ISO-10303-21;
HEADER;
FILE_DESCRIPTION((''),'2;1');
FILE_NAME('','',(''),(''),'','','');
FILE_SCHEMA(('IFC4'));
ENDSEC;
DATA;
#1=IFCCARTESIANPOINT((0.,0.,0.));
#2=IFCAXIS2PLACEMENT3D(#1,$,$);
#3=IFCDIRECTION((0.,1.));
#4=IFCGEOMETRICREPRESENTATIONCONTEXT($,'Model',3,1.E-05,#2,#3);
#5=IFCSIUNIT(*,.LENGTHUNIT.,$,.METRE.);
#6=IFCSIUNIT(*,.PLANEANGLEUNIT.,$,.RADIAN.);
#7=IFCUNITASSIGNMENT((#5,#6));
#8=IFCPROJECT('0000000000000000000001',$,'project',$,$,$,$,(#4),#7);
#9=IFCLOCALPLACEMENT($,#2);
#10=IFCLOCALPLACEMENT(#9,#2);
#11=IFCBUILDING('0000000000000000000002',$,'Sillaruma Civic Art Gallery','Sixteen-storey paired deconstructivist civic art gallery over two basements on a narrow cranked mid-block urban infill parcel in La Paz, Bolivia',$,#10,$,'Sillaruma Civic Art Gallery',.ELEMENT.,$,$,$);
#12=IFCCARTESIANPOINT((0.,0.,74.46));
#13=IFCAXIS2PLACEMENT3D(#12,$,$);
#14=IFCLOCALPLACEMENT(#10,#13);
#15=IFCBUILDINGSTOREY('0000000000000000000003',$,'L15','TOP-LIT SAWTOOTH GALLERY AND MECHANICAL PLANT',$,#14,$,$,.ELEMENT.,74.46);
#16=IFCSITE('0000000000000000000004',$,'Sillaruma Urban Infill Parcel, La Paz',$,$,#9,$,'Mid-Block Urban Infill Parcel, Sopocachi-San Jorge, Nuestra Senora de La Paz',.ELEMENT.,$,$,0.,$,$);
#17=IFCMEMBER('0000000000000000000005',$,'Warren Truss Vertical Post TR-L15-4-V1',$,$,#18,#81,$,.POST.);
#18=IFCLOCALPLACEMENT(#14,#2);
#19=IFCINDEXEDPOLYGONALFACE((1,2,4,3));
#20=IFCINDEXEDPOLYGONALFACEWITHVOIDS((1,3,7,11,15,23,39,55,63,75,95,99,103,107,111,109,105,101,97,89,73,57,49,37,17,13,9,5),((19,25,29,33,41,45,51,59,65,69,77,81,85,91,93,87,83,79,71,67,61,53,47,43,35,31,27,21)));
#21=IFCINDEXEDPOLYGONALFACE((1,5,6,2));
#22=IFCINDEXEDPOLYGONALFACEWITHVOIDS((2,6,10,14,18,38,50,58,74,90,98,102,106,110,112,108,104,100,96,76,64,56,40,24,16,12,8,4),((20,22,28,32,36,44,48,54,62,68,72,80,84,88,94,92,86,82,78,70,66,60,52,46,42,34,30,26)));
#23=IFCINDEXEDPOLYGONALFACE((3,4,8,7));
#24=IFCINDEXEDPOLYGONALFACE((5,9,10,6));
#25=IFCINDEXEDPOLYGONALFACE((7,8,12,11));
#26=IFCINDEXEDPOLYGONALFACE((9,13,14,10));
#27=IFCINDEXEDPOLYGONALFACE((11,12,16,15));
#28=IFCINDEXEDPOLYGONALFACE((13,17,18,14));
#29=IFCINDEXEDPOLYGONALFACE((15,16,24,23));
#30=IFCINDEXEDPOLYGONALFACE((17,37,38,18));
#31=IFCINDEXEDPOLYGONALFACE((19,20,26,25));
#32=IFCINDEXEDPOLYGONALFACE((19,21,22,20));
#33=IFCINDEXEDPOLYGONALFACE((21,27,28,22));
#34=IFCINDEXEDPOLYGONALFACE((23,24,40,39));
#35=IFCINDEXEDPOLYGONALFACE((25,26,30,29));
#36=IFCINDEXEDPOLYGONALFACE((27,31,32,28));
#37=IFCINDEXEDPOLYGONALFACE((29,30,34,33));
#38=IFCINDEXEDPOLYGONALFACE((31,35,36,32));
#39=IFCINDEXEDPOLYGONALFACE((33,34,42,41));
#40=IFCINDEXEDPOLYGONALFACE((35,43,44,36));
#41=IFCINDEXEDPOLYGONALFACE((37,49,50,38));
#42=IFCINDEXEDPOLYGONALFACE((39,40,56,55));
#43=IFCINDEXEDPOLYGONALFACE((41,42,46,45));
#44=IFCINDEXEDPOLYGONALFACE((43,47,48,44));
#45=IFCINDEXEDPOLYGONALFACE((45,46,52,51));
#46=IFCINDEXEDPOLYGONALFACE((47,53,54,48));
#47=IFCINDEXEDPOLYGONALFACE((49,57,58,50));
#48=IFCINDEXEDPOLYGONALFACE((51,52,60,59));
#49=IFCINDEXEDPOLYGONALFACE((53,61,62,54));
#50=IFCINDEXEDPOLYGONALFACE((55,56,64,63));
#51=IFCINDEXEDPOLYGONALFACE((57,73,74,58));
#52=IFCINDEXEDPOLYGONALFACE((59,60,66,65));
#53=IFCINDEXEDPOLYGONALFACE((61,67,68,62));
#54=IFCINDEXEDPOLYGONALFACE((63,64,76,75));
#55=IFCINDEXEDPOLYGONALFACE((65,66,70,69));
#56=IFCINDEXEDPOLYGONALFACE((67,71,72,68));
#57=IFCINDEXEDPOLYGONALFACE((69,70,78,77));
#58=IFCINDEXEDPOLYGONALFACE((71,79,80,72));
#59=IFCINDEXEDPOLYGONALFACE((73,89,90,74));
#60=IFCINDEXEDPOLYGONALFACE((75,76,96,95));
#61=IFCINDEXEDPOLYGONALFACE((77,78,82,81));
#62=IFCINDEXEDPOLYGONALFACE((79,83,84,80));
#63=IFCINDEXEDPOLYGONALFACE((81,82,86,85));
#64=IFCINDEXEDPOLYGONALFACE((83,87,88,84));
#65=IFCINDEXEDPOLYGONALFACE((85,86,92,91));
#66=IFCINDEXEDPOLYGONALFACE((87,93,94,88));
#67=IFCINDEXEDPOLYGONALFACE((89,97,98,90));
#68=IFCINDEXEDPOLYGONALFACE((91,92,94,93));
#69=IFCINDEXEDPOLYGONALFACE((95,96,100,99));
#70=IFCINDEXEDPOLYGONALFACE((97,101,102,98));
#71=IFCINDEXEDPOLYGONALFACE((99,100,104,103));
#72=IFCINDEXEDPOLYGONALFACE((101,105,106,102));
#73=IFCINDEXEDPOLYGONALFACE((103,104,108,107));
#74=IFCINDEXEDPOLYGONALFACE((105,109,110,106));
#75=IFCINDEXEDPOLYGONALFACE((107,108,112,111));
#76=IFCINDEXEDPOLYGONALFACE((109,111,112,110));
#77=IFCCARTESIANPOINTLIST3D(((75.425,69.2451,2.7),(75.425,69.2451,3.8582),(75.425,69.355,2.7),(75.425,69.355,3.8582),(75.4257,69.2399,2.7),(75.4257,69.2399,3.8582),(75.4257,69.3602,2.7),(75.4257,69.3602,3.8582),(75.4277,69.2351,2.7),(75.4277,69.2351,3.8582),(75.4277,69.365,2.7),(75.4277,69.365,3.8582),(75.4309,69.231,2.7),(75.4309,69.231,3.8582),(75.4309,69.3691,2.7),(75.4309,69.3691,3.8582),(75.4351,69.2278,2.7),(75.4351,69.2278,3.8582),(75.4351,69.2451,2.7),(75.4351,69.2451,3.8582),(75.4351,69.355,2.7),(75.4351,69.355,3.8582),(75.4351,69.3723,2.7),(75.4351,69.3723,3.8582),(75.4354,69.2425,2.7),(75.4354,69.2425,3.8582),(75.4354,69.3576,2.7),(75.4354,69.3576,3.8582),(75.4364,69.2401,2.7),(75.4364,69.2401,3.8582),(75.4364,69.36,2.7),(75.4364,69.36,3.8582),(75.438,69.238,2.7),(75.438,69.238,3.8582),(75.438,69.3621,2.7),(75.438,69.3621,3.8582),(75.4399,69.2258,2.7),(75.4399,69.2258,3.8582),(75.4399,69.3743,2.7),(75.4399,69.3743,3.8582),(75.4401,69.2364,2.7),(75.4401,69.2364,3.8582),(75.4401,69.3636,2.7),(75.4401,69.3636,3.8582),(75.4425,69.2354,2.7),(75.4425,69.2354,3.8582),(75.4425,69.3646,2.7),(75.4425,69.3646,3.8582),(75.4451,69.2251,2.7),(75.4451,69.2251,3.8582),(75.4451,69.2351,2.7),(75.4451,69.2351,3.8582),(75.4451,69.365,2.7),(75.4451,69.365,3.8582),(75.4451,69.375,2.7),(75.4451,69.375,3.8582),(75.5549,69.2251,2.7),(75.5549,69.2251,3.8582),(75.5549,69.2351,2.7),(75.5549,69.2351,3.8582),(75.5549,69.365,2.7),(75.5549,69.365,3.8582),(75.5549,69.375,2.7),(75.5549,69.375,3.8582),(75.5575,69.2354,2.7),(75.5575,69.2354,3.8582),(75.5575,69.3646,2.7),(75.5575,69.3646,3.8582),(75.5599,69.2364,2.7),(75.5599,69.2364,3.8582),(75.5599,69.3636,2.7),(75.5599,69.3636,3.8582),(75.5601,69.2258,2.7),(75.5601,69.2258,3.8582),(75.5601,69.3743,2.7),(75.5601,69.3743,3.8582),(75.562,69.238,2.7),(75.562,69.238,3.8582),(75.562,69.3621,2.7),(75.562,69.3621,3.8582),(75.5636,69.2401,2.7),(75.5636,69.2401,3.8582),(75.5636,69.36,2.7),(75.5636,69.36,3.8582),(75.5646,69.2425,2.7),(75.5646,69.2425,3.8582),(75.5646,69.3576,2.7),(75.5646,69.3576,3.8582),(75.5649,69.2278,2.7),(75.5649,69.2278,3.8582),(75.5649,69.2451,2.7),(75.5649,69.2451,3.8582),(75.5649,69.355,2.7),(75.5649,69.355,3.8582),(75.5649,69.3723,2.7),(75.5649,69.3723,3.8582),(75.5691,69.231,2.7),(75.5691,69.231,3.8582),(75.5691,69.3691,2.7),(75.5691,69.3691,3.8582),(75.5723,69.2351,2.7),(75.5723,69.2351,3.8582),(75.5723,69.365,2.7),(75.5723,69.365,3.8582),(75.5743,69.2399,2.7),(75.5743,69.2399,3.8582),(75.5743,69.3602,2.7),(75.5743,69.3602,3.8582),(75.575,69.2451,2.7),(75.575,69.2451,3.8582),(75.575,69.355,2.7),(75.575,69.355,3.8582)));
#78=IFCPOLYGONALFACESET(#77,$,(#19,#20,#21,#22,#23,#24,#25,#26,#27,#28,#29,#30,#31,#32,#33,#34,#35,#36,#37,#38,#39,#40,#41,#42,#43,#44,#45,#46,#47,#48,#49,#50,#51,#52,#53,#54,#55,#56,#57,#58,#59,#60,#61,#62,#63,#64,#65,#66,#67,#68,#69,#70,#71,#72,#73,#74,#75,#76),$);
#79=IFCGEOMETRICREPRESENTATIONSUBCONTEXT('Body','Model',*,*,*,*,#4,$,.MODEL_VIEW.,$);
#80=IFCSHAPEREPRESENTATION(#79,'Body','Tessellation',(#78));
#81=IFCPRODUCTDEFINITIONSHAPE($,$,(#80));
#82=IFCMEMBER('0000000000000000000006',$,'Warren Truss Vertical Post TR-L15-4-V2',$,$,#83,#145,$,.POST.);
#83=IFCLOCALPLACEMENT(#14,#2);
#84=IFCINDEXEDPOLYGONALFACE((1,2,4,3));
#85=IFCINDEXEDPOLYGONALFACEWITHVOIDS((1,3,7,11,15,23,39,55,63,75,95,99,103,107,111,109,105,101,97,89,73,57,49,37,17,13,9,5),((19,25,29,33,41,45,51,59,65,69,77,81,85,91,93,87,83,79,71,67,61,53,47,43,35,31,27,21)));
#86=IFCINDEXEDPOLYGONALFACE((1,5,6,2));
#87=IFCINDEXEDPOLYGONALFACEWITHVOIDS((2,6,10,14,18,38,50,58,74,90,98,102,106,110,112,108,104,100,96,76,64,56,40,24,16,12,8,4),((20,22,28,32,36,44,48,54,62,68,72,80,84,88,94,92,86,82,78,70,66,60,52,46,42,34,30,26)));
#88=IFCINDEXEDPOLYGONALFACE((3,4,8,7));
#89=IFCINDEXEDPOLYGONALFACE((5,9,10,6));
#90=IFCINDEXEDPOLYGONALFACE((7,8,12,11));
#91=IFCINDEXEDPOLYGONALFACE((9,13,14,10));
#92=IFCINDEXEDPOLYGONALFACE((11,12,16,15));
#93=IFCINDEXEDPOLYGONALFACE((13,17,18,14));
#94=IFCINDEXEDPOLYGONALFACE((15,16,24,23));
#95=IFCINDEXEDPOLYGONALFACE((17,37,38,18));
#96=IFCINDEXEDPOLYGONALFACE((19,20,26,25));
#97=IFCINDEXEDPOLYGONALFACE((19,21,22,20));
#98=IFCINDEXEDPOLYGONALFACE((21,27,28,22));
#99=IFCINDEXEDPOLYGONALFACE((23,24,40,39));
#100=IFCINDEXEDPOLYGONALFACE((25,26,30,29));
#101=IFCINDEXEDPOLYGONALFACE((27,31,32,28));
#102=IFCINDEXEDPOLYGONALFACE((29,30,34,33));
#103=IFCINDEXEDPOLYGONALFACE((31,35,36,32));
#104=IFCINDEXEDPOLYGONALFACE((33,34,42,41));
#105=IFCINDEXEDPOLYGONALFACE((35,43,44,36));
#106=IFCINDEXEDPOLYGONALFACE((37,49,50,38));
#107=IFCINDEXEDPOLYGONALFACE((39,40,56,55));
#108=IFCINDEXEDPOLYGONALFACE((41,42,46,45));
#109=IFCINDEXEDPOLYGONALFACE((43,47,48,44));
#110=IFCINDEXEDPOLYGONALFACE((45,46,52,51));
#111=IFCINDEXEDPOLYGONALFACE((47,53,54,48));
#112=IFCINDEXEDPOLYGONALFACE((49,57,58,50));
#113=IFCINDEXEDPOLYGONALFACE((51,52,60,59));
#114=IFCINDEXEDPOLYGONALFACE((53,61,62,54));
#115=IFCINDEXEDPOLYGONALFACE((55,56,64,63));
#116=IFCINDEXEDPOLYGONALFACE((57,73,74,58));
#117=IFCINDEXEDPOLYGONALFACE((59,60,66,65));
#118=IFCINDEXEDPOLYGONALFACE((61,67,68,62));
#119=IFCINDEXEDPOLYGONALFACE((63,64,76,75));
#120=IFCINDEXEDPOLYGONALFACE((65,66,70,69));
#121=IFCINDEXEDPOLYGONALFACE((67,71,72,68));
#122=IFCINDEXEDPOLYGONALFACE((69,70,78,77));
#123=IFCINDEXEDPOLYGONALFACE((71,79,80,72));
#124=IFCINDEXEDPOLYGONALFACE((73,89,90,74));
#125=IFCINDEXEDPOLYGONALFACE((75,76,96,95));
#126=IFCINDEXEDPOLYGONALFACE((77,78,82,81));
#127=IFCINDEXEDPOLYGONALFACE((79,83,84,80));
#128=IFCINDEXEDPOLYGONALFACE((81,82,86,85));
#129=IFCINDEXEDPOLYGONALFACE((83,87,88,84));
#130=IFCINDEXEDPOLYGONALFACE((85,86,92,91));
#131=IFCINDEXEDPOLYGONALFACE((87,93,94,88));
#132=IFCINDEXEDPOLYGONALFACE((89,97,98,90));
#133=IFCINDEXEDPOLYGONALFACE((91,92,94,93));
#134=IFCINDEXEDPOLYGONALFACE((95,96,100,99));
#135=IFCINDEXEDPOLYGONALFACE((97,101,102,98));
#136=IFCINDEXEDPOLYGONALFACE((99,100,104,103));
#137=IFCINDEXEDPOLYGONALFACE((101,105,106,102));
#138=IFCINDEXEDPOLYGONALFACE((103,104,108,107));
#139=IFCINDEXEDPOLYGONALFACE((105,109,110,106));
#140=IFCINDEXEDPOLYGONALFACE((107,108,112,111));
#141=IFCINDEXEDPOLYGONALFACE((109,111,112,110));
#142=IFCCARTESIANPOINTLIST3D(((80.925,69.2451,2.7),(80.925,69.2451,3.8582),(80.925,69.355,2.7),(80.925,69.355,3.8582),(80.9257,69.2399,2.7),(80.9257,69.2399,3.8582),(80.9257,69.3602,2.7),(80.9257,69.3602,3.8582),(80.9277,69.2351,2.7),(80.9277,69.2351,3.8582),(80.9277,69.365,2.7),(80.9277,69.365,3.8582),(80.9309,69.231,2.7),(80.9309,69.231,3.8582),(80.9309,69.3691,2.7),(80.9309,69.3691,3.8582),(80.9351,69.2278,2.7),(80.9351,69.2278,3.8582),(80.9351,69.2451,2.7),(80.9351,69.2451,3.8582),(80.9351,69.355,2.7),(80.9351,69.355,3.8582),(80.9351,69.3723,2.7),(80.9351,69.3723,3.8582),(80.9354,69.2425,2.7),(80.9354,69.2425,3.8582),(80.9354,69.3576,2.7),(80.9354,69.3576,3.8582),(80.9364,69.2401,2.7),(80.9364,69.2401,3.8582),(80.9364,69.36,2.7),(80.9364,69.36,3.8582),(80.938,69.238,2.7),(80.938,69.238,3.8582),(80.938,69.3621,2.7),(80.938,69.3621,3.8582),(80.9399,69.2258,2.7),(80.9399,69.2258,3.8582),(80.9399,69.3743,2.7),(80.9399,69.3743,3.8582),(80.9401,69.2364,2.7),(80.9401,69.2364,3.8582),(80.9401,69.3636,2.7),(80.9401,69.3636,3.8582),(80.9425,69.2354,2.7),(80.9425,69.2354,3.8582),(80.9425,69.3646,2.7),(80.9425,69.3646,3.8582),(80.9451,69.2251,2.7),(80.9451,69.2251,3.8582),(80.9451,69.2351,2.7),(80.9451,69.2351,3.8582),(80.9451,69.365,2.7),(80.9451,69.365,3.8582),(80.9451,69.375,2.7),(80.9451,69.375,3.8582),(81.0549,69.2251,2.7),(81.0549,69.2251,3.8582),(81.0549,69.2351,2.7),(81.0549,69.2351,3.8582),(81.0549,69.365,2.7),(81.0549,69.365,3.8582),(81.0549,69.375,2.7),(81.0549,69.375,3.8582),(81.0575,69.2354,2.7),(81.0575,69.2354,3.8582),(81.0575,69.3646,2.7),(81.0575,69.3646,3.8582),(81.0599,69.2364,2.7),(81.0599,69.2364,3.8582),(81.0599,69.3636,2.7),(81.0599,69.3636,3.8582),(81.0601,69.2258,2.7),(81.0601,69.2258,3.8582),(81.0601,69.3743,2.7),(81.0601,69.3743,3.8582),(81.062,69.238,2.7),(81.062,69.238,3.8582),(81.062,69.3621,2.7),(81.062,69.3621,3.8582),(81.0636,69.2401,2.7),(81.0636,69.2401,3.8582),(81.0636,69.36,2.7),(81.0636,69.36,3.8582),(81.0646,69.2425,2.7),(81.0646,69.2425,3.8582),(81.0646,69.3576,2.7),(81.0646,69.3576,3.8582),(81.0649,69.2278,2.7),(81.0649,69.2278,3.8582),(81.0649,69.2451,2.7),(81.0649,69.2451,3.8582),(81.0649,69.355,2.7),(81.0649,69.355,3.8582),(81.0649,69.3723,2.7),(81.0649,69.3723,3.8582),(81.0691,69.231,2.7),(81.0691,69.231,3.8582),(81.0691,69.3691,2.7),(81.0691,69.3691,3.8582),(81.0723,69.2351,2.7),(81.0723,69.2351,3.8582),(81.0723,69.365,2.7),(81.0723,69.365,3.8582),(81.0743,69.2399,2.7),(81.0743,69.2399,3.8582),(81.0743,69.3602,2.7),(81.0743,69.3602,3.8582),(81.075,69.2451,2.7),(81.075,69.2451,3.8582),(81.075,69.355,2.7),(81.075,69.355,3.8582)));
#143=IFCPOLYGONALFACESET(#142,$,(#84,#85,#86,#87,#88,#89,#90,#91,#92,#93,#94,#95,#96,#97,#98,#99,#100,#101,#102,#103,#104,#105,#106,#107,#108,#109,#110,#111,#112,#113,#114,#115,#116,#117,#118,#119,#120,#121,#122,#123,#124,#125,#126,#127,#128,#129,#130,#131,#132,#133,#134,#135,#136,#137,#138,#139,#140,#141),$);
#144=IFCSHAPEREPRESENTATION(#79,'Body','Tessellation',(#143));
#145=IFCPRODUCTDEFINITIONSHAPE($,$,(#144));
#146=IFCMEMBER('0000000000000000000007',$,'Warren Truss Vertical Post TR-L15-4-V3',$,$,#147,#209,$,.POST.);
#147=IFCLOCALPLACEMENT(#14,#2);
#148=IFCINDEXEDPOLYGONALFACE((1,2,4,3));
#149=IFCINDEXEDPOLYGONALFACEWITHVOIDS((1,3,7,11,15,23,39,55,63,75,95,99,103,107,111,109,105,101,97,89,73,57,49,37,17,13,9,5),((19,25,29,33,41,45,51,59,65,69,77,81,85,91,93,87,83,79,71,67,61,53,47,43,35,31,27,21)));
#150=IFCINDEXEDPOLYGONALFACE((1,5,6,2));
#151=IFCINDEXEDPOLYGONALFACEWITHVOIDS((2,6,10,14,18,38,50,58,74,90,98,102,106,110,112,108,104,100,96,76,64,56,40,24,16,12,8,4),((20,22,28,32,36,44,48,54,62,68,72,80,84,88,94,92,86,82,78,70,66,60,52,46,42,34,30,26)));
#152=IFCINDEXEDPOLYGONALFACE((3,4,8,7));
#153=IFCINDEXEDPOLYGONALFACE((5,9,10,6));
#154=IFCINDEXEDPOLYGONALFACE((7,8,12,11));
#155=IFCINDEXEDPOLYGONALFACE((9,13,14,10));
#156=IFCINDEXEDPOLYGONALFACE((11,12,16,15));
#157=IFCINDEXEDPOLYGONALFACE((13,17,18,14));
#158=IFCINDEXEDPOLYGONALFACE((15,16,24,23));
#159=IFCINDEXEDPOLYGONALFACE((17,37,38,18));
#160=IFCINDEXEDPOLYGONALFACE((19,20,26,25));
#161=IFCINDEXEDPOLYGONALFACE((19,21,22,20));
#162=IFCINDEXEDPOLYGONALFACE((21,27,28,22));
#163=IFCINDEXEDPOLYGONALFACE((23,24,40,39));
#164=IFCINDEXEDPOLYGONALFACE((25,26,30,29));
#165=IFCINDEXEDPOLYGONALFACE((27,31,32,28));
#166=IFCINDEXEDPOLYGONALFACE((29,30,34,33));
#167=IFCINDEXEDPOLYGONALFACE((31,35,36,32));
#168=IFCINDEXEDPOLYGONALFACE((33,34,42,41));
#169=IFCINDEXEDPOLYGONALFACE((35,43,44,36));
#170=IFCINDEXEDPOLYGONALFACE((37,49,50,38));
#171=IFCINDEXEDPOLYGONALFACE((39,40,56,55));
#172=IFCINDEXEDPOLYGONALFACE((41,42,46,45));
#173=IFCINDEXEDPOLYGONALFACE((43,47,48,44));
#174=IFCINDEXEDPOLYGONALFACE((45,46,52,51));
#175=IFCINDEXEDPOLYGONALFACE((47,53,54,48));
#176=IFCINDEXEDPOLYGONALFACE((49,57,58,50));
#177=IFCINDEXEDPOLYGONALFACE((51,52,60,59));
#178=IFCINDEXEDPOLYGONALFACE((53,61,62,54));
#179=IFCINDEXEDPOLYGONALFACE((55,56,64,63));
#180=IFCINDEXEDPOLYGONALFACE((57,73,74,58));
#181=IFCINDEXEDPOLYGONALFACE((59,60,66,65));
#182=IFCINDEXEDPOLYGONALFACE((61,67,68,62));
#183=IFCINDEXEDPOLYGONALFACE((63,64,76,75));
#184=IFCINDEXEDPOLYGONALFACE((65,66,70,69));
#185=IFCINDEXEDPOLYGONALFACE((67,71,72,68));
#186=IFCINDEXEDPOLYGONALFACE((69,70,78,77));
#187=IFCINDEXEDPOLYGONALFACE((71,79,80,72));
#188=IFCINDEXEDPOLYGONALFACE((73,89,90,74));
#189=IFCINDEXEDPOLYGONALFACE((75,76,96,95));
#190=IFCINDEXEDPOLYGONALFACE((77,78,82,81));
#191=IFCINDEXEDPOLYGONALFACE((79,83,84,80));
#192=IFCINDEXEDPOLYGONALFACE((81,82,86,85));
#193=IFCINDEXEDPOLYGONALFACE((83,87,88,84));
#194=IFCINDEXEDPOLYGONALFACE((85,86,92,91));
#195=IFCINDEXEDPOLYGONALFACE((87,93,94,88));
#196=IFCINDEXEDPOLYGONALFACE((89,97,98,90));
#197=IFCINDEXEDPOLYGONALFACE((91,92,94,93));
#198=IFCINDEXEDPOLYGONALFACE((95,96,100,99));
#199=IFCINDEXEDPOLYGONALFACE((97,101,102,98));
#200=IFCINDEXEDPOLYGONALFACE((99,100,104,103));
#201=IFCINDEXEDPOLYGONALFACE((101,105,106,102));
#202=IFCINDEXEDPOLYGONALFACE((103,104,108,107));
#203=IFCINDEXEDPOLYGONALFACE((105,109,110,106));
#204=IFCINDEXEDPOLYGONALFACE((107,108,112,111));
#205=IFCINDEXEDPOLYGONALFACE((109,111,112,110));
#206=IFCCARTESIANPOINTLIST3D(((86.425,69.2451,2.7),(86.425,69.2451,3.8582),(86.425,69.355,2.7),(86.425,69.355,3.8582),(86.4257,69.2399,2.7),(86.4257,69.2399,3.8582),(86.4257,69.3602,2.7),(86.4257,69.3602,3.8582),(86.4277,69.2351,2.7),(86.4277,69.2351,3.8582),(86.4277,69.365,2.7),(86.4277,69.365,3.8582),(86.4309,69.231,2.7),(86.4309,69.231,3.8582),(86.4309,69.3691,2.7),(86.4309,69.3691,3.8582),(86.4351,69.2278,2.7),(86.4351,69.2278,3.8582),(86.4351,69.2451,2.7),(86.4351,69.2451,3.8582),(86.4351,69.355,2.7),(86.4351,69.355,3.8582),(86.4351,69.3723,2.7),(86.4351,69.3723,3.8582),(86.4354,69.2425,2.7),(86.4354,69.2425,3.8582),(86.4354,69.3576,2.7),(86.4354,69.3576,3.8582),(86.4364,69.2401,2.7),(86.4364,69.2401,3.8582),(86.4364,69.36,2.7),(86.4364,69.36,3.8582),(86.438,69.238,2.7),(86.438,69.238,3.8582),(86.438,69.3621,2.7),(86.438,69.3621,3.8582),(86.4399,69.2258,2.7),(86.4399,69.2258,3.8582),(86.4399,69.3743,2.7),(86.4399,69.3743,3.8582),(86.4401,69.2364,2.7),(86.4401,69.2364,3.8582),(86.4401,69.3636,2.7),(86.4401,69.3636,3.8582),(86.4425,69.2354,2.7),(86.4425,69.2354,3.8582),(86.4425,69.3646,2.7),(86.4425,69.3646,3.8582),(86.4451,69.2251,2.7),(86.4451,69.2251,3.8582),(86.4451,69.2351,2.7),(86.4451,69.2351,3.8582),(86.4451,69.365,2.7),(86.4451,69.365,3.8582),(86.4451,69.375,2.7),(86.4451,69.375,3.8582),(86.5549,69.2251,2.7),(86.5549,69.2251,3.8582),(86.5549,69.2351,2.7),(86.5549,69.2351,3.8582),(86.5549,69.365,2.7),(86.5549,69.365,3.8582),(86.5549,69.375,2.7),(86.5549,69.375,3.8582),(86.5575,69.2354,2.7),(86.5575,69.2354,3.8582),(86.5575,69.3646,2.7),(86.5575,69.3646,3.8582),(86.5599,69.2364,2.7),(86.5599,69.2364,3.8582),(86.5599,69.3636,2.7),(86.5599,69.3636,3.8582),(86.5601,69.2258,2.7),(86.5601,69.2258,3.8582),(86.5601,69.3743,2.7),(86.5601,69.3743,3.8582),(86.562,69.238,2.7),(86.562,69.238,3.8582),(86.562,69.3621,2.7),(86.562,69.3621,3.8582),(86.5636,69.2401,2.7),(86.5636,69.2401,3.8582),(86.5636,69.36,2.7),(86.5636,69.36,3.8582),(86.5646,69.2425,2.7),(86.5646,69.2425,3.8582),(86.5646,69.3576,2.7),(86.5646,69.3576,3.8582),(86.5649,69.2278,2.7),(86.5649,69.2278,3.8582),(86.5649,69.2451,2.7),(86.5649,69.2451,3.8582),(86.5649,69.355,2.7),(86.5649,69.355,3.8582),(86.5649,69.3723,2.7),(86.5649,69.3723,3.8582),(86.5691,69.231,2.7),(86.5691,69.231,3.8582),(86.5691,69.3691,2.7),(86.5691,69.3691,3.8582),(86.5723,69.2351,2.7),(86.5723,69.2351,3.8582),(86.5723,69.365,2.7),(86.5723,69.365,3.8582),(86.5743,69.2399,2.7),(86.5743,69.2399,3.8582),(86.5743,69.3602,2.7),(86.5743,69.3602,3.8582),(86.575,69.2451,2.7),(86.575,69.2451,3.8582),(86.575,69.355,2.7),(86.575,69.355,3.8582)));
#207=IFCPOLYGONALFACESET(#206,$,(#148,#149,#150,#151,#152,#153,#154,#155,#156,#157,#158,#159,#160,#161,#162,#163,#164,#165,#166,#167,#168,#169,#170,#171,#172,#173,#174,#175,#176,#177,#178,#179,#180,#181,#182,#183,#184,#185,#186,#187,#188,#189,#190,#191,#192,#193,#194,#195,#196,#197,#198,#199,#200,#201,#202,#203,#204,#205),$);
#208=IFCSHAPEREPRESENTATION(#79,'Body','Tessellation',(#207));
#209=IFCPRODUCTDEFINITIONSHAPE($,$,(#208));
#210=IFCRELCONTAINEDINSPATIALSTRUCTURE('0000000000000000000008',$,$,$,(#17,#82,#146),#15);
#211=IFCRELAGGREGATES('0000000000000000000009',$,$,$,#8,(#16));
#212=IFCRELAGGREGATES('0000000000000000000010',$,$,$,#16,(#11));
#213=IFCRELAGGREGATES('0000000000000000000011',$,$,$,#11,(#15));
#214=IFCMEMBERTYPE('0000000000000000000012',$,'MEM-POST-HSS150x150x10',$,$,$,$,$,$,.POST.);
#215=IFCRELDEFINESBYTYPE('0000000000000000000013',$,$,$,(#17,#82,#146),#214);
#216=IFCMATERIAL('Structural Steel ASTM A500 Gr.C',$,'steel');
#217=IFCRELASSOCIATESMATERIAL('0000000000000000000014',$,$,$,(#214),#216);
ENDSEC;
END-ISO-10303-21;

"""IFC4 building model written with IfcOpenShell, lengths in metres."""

from ifc_helpers import new_model, si_unit, direction, frame, origin, origin_2d, place, context, subcontext, project, spatial, hollow_rectangle, extrude, material, material_profile, profile_set, type_object, element, save


model = new_model("IFC4")

# Units and contexts
model_context = context("Model", 3, precision=1e-05, world=origin(), true_north=direction((0.0, 1.0)))
body_context = subcontext(model_context, "Body", "Model", "MODEL_VIEW")
ifc_project = project(units=[si_unit("LENGTHUNIT", "METRE"), si_unit("PLANEANGLEUNIT", "RADIAN")], contexts=[model_context])

# Site, building, storey
site_placement = place(None, origin())
site = spatial("IfcSite", under=ifc_project, at=site_placement, Name="Sillaruma Urban Infill Parcel, La Paz", LongName="Mid-Block Urban Infill Parcel, Sopocachi-San Jorge, Nuestra Senora de La Paz", CompositionType="ELEMENT", RefElevation=0.0)
building_placement = place(site_placement, origin())
building = spatial("IfcBuilding", under=site, at=building_placement, Name="Sillaruma Civic Art Gallery", Description="Sixteen-storey paired deconstructivist civic art gallery over two basements on a narrow cranked mid-block urban infill parcel in La Paz, Bolivia", LongName="Sillaruma Civic Art Gallery", CompositionType="ELEMENT")
storey_placement = place(building_placement, frame((0.0, 0.0, 74.46)))
storey = spatial("IfcBuildingStorey", under=building, at=storey_placement, Name="L15", Description="TOP-LIT SAWTOOTH GALLERY AND MECHANICAL PLANT", CompositionType="ELEMENT", Elevation=74.46)

# Members
ifc_material_1 = material(Name="Structural Steel ASTM A500 Gr.C", Category="steel")
ifc_material_profile_1 = material_profile(ifc_material_1, hollow_rectangle(XDim=0.1499, YDim=0.1499, WallThickness=0.01, InnerFilletRadius=0.01, OuterFilletRadius=0.02, at=origin_2d()), Name="HSS150x150x10")
ifc_profile_set_1 = profile_set([ifc_material_profile_1], Name="Structural Steel ASTM A500 Gr.C")
member_type_1 = type_object("IfcMemberType", Name="MEM-POST-HSS150x150x10", PredefinedType="POST", material=ifc_profile_set_1)
for number, where, z_axis, x_axis, name in (
    (1, (75.5, 69.3, 2.7), (0.0, 0.0, 1.0), (1.0, 0.0, 0.0), "Warren Truss Vertical Post TR-L15-4-V1"),
    (2, (81.0, 69.3, 2.7), (0.0, 0.0, 1.0), (1.0, 0.0, 0.0), "Warren Truss Vertical Post TR-L15-4-V2"),
    (3, (86.5, 69.3, 2.7), (0.0, 0.0, 1.0), (1.0, 0.0, 0.0), "Warren Truss Vertical Post TR-L15-4-V3"),
):
    element("IfcMember", number, at=place(storey_placement, frame(where, z_axis=z_axis, x_axis=x_axis)), inside=storey, type_object=member_type_1, Name=name, PredefinedType="POST", context=body_context, shape_type="SweptSolid", body=[
        extrude(hollow_rectangle(XDim=0.1499, YDim=0.1499, WallThickness=0.01, InnerFilletRadius=0.01, OuterFilletRadius=0.02, at=origin_2d()), origin(), (0.0, 0.0, 1.0), 1.1582),
    ])

save(model, "model.ifc")
